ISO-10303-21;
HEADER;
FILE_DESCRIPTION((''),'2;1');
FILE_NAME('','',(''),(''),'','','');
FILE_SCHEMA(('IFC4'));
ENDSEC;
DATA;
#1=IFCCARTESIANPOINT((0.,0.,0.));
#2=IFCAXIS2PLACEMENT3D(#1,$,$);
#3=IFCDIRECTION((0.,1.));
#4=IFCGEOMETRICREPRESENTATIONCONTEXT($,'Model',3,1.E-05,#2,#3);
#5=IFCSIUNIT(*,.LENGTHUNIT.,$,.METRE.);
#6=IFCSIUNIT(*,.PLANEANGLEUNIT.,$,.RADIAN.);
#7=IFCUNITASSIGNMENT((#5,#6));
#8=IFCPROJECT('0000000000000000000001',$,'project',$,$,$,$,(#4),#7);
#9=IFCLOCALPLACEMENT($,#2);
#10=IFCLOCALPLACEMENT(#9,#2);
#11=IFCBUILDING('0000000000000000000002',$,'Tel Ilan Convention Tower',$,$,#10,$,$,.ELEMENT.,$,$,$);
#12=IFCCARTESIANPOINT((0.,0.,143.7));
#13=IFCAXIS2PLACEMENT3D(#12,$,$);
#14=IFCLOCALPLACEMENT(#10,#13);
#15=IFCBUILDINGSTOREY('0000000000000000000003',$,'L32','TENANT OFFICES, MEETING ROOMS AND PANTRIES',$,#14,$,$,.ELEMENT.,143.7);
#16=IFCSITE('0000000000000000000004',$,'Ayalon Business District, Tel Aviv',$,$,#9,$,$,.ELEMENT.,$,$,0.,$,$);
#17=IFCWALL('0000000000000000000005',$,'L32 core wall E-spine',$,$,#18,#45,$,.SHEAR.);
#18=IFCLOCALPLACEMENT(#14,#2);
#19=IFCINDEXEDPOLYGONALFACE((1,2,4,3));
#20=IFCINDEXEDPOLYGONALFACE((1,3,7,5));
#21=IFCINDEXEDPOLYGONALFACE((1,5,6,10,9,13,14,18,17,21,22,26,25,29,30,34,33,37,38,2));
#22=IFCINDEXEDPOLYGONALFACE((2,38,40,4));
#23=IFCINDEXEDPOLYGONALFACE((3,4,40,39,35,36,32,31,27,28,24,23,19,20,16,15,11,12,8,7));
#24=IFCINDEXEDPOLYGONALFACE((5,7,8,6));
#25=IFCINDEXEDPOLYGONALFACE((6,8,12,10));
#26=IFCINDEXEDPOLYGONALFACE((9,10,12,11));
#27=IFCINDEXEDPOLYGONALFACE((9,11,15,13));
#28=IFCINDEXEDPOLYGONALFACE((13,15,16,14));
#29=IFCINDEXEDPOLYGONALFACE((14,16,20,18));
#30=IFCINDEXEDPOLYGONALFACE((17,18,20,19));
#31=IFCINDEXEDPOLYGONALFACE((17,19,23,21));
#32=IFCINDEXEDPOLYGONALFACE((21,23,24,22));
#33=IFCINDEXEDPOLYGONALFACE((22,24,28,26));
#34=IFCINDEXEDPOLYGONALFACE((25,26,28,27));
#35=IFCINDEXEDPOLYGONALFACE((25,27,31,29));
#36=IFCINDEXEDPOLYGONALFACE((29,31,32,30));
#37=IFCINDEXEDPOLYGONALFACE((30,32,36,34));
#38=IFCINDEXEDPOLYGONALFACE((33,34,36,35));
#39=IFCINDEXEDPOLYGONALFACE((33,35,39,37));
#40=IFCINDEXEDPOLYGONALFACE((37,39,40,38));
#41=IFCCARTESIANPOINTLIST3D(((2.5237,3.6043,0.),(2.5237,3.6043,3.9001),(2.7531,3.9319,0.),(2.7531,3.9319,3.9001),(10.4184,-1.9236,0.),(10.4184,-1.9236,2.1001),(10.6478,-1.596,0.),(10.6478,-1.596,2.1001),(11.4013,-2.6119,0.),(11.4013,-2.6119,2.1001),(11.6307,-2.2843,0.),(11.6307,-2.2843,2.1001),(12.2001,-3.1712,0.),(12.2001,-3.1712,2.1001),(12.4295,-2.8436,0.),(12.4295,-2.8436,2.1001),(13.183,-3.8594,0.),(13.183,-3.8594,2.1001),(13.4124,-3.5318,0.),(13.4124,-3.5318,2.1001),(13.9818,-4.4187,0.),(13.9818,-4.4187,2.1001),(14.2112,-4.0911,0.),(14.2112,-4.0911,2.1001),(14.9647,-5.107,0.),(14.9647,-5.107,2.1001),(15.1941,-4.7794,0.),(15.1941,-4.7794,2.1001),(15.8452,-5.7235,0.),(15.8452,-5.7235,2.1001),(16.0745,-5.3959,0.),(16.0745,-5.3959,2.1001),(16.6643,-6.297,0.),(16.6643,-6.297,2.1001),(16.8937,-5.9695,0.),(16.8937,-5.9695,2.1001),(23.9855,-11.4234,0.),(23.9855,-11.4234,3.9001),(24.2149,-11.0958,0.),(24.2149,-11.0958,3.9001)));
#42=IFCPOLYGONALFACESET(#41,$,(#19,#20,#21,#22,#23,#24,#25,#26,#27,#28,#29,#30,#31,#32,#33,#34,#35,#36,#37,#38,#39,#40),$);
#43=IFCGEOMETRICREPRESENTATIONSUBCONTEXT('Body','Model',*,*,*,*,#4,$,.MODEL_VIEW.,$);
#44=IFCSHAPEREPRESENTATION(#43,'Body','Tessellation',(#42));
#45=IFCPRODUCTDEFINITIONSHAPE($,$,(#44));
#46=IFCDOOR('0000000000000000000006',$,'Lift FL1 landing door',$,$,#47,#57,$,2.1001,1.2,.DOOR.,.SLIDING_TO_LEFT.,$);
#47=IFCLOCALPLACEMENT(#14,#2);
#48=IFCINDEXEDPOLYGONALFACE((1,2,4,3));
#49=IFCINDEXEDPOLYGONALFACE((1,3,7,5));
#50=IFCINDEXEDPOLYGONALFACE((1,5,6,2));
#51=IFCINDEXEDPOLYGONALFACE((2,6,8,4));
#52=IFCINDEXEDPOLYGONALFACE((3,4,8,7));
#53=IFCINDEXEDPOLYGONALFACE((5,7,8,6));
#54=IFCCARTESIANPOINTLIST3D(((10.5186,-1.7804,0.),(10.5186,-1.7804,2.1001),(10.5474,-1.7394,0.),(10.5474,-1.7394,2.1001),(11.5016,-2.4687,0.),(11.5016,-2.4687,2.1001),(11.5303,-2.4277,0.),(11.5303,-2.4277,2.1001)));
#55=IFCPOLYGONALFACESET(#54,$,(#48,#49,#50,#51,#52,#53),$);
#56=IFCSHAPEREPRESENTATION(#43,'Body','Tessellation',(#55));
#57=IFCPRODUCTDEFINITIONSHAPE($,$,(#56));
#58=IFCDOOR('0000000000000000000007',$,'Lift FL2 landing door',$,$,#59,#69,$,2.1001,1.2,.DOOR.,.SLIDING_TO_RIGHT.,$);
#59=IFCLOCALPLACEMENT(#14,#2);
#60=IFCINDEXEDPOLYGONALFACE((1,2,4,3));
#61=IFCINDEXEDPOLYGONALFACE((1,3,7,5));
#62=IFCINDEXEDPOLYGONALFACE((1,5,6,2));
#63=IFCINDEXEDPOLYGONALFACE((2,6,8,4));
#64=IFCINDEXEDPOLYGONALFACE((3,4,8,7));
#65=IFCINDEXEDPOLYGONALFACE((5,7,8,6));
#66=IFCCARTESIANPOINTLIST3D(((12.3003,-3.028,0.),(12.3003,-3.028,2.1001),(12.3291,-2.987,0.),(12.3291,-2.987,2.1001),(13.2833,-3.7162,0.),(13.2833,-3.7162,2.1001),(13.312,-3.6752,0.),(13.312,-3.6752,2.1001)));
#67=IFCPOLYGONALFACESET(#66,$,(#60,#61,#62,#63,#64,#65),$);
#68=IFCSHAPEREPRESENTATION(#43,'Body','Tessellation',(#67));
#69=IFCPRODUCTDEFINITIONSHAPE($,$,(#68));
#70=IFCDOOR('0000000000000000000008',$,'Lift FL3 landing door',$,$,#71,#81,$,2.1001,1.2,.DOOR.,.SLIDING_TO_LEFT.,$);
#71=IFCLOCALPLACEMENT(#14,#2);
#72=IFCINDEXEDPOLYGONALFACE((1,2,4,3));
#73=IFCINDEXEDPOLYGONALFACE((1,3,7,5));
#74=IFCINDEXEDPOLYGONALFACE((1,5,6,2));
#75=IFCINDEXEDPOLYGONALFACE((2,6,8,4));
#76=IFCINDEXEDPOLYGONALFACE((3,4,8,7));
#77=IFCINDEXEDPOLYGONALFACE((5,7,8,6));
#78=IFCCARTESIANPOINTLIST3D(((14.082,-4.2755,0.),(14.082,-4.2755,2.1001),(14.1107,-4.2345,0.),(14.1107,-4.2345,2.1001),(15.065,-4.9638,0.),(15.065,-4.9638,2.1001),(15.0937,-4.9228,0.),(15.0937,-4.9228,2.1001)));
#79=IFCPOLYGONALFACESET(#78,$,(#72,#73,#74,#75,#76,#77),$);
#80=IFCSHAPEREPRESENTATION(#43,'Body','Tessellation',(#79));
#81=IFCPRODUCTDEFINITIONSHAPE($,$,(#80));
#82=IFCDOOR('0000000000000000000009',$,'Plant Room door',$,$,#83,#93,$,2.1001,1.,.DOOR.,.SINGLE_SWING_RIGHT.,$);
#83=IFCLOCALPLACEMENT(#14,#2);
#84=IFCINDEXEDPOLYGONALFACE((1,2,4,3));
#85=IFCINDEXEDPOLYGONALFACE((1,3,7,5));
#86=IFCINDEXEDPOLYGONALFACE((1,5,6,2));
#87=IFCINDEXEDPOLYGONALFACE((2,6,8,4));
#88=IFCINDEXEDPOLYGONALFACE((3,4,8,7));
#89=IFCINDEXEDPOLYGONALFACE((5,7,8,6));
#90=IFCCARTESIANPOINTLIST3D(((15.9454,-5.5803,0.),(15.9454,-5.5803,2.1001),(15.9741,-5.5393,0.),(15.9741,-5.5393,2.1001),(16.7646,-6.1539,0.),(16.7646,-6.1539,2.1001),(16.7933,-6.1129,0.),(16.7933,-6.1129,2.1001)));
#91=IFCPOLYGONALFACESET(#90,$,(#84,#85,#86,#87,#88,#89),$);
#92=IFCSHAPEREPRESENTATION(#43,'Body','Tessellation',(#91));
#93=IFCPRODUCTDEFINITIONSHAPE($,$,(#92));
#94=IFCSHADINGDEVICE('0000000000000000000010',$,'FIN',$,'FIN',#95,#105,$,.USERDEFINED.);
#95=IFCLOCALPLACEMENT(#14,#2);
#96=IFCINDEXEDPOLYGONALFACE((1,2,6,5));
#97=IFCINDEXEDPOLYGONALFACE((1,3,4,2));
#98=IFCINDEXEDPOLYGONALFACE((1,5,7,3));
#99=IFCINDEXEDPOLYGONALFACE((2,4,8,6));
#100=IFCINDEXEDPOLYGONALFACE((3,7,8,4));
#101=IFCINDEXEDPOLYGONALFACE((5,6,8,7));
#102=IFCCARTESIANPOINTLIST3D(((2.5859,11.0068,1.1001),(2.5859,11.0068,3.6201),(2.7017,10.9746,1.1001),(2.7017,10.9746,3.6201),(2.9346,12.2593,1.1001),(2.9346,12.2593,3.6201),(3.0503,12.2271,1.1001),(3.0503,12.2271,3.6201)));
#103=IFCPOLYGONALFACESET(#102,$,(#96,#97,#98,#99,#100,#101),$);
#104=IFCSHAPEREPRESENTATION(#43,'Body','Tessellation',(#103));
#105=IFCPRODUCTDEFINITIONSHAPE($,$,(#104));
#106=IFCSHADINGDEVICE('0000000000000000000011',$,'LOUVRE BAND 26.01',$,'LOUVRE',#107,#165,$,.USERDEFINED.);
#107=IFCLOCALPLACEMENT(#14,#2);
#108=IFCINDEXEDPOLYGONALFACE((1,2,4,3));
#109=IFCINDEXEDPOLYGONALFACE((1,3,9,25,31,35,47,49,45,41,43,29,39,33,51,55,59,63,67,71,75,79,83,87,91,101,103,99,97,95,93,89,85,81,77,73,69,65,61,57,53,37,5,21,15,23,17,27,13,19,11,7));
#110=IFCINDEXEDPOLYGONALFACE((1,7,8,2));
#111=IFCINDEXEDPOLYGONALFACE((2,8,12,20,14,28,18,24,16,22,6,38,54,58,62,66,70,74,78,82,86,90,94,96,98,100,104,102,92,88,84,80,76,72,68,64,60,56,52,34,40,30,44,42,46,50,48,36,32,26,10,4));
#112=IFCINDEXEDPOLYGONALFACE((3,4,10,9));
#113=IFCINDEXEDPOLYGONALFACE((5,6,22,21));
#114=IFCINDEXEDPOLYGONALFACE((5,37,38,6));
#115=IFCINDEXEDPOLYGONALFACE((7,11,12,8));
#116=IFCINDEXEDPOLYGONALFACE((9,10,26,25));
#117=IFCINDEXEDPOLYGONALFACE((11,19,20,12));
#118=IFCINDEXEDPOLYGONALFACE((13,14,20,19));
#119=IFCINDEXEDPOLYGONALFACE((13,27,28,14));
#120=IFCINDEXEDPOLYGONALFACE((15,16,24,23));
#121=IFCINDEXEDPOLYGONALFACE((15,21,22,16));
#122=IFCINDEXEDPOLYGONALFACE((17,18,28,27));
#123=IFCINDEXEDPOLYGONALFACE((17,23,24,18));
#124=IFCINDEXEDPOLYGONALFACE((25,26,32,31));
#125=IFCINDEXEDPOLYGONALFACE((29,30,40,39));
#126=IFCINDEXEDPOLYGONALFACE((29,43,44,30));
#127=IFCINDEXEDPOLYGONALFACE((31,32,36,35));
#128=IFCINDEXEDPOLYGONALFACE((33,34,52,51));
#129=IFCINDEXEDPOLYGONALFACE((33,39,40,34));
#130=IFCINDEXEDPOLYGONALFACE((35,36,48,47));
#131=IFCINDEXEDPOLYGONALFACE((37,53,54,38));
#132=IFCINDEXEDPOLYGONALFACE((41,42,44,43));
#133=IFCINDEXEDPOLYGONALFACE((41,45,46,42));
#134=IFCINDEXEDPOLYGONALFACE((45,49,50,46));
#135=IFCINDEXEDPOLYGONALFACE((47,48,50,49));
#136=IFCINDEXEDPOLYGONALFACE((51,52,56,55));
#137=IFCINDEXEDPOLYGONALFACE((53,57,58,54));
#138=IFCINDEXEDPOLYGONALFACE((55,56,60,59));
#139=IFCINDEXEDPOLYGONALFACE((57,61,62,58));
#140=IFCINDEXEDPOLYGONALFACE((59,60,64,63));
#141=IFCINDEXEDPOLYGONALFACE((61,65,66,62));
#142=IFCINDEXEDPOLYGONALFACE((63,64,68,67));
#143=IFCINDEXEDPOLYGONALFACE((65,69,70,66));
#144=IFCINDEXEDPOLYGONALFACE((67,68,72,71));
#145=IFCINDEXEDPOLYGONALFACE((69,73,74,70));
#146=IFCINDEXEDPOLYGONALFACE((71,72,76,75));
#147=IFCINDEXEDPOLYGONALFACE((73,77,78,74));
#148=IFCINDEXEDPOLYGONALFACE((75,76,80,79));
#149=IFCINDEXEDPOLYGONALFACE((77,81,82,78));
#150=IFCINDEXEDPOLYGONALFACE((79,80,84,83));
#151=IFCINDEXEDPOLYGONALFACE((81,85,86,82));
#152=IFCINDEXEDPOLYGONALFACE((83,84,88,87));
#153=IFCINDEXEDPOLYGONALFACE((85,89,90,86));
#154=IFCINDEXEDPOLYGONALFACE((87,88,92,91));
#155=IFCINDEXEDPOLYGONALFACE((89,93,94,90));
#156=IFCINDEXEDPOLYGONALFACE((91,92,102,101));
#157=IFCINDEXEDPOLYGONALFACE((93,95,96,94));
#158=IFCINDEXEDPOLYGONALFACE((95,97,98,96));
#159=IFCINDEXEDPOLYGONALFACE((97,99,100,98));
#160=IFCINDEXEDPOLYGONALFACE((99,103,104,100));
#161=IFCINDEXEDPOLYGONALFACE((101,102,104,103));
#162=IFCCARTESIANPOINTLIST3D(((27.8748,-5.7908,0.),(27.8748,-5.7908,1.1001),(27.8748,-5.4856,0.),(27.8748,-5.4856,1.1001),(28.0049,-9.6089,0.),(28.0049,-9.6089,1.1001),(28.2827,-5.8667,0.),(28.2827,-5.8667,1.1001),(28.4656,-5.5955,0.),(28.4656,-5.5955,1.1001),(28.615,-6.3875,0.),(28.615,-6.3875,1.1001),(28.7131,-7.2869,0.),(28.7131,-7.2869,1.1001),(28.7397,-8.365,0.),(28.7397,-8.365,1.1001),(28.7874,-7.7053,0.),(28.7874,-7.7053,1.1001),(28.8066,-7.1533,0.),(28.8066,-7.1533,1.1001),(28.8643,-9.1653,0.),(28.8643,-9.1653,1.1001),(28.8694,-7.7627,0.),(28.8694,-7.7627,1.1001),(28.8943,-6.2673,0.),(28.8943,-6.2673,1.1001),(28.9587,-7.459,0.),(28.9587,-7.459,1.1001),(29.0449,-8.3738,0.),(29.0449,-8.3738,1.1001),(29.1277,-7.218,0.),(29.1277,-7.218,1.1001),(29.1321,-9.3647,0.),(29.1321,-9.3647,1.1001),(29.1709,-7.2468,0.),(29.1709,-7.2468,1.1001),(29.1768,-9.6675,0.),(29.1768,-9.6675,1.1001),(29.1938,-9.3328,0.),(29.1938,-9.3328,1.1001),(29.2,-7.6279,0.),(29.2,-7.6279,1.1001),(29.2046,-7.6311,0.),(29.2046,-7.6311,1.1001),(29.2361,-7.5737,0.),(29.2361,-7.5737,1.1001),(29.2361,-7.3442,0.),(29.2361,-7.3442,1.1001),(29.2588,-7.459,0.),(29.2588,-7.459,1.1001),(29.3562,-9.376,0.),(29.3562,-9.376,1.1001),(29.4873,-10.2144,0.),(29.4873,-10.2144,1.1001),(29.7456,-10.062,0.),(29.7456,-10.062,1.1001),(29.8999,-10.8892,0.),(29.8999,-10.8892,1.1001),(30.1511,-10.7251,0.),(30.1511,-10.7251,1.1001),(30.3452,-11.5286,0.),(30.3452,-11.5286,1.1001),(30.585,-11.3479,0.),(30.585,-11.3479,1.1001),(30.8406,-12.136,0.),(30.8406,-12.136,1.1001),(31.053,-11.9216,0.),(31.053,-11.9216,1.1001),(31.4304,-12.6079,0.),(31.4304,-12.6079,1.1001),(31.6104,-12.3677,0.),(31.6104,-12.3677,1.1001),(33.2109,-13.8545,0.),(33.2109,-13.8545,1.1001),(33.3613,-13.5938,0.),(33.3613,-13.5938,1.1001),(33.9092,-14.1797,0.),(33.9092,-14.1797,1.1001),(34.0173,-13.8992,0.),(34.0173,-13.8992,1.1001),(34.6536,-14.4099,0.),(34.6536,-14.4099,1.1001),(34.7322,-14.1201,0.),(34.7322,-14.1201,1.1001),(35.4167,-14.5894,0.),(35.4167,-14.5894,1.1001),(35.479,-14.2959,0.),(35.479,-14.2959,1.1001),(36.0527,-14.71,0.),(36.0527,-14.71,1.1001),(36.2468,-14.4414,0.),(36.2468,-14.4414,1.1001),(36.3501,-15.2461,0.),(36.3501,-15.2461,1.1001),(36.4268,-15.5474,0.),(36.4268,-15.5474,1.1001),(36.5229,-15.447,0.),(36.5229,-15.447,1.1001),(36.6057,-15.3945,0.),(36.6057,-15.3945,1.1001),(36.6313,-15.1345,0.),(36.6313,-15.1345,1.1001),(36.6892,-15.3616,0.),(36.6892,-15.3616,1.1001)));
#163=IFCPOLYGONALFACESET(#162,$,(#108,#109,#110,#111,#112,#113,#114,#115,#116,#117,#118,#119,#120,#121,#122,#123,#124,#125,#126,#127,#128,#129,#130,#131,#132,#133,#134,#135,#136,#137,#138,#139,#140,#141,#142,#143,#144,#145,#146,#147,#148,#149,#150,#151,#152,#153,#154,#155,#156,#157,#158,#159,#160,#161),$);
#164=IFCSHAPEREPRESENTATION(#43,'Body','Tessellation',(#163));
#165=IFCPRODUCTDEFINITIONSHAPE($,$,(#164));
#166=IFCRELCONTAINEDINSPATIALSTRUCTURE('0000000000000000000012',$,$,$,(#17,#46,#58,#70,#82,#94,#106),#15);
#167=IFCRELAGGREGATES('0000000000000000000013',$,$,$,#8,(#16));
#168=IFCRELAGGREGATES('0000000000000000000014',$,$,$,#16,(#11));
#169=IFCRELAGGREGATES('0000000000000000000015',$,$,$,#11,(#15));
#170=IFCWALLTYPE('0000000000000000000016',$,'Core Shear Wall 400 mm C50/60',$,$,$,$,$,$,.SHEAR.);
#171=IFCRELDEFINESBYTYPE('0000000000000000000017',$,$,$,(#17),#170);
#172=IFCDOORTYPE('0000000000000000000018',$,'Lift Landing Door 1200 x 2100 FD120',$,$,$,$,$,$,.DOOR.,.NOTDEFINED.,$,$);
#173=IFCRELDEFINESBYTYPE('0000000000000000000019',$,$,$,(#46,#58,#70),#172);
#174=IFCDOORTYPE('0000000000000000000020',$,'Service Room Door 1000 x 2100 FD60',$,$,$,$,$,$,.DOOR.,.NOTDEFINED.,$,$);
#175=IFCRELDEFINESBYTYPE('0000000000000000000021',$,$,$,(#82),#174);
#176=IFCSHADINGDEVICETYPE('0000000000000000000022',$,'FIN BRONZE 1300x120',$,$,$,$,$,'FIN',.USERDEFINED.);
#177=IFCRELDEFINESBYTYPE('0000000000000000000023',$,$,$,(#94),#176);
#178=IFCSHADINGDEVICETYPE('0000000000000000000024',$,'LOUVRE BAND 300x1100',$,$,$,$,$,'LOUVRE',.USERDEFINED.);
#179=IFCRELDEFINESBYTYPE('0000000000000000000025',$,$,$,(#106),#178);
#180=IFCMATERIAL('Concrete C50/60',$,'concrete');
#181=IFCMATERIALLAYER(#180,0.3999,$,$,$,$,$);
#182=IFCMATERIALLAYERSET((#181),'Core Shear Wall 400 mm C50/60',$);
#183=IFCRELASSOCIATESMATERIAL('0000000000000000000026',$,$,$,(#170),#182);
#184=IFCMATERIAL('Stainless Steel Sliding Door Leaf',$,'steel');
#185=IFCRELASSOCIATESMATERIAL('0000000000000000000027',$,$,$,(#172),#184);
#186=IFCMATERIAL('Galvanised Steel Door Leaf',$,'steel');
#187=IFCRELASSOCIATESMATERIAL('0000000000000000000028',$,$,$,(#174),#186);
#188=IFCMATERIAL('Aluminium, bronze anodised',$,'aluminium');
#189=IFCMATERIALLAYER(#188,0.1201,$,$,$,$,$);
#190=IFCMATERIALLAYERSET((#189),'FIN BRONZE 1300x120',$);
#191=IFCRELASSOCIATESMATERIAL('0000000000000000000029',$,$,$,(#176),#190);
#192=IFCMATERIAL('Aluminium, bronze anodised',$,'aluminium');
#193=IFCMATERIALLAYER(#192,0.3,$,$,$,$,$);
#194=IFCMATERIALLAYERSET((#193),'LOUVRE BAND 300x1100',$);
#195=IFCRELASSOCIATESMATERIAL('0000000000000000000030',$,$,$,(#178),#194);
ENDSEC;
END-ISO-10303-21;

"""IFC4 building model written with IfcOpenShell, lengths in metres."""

from ifc_helpers import new_model, si_unit, direction, frame, frame_2d, origin, origin_2d, place, context, subcontext, project, spatial, polyline, rectangle, outline, extrude, material, layer, layer_set, type_object, element, fill, save


model = new_model("IFC4")

# Units and contexts
model_context = context("Model", 3, precision=1e-05, world=origin(), true_north=direction((0.0, 1.0)))
body_context = subcontext(model_context, "Body", "Model", "MODEL_VIEW")
ifc_project = project(units=[si_unit("LENGTHUNIT", "METRE"), si_unit("PLANEANGLEUNIT", "RADIAN")], contexts=[model_context])

# Site, building, storey
site_placement = place(None, origin())
site = spatial("IfcSite", under=ifc_project, at=site_placement, Name="Ayalon Business District, Tel Aviv", CompositionType="ELEMENT", RefElevation=0.0)
building_placement = place(site_placement, origin())
building = spatial("IfcBuilding", under=site, at=building_placement, Name="Tel Ilan Convention Tower", CompositionType="ELEMENT")
storey_placement = place(building_placement, frame((0.0, 0.0, 143.7)))
storey = spatial("IfcBuildingStorey", under=building, at=storey_placement, Name="L32", Description="TENANT OFFICES, MEETING ROOMS AND PANTRIES", CompositionType="ELEMENT", Elevation=143.7)

# Wall, openings, doors
ifc_material_1 = material(Name="Concrete C50/60", Category="concrete")
ifc_layer_1 = layer(ifc_material_1, 0.3999)
ifc_layer_set_1 = layer_set([ifc_layer_1], Name="Core Shear Wall 400 mm C50/60")
wall_type_1 = type_object("IfcWallType", Name="Core Shear Wall 400 mm C50/60", PredefinedType="SHEAR", material=ifc_layer_set_1)
wall_1_placement = place(storey_placement, frame((2.6384, 3.7681, 0.0), z_axis=(0.0, 0.0, 1.0), x_axis=(0.819153, -0.573576, 0.0)))
wall_1 = element("IfcWall", 1, at=wall_1_placement, inside=storey, type_object=wall_type_1, Name="L32 core wall E-spine", PredefinedType="SHEAR", context=body_context, shape_type="SweptSolid", body=[
    extrude(outline(polyline([(0.0, 0.2), (0.0, -0.2), (26.2, -0.2), (26.2, 0.2), (0.0, 0.2)])), origin(), (0.0, 0.0, 1.0), 3.9001),
])
opening_1_placement = place(wall_1_placement, frame((9.6375, 0.0, 0.0)))
opening_1 = element("IfcOpeningElement", 2, at=opening_1_placement, cuts=wall_1, PredefinedType="OPENING", context=body_context, shape_type="SweptSolid", body=[
    extrude(rectangle(XDim=1.2, YDim=2.1001, at=frame_2d((0.6001, 1.05))), frame((0.0, 0.21, 0.0), z_axis=(0.0, -1.0, 0.0), x_axis=(1.0, 0.0, 0.0)), (0.0, 0.0, 1.0), 0.4199),
])
opening_2_placement = place(wall_1_placement, frame((11.8125, 0.0, 0.0)))
opening_2 = element("IfcOpeningElement", 3, at=opening_2_placement, cuts=wall_1, PredefinedType="OPENING", context=body_context, shape_type="SweptSolid", body=[
    extrude(rectangle(XDim=1.2, YDim=2.1001, at=frame_2d((0.6001, 1.05))), frame((0.0, 0.21, 0.0), z_axis=(0.0, -1.0, 0.0), x_axis=(1.0, 0.0, 0.0)), (0.0, 0.0, 1.0), 0.4199),
])
opening_3_placement = place(wall_1_placement, frame((13.9875, 0.0, 0.0)))
opening_3 = element("IfcOpeningElement", 4, at=opening_3_placement, cuts=wall_1, PredefinedType="OPENING", context=body_context, shape_type="SweptSolid", body=[
    extrude(rectangle(XDim=1.2, YDim=2.1001, at=frame_2d((0.6001, 1.05))), frame((0.0, 0.21, 0.0), z_axis=(0.0, -1.0, 0.0), x_axis=(1.0, 0.0, 0.0)), (0.0, 0.0, 1.0), 0.4199),
])
opening_4_placement = place(wall_1_placement, frame((16.2625, 0.0, 0.0)))
opening_4 = element("IfcOpeningElement", 5, at=opening_4_placement, cuts=wall_1, PredefinedType="OPENING", context=body_context, shape_type="SweptSolid", body=[
    extrude(rectangle(XDim=1.0, YDim=2.1001, at=frame_2d((0.5, 1.05))), frame((0.0, 0.21, 0.0), z_axis=(0.0, -1.0, 0.0), x_axis=(1.0, 0.0, 0.0)), (0.0, 0.0, 1.0), 0.4199),
])
ifc_material_2 = material(Name="Stainless Steel Sliding Door Leaf", Category="steel")
door_type_1 = type_object("IfcDoorType", Name="Lift Landing Door 1200 x 2100 FD120", OperationType="NOTDEFINED", PredefinedType="DOOR", material=ifc_material_2)
door_1_placement = place(opening_1_placement, origin())
door_1 = element("IfcDoor", 6, at=door_1_placement, inside=storey, type_object=door_type_1, Name="Lift FL1 landing door", OperationType="SLIDING_TO_LEFT", OverallHeight=2.1001, OverallWidth=1.2, PredefinedType="DOOR", context=body_context, shape_type="SweptSolid", body=[
    extrude(rectangle(XDim=1.2, YDim=2.1001, at=frame_2d((0.6001, 1.05))), frame((0.0, 0.0249, 0.0), z_axis=(0.0, -1.0, 0.0), x_axis=(1.0, 0.0, 0.0)), (0.0, 0.0, 1.0), 0.05),
])
fill(opening_1, door_1)
door_2_placement = place(opening_2_placement, origin())
door_2 = element("IfcDoor", 7, at=door_2_placement, inside=storey, type_object=door_type_1, Name="Lift FL2 landing door", OperationType="SLIDING_TO_RIGHT", OverallHeight=2.1001, OverallWidth=1.2, PredefinedType="DOOR", context=body_context, shape_type="SweptSolid", body=[
    extrude(rectangle(XDim=1.2, YDim=2.1001, at=frame_2d((0.6001, 1.05))), frame((0.0, 0.0249, 0.0), z_axis=(0.0, -1.0, 0.0), x_axis=(1.0, 0.0, 0.0)), (0.0, 0.0, 1.0), 0.05),
])
fill(opening_2, door_2)
door_3_placement = place(opening_3_placement, origin())
door_3 = element("IfcDoor", 8, at=door_3_placement, inside=storey, type_object=door_type_1, Name="Lift FL3 landing door", OperationType="SLIDING_TO_LEFT", OverallHeight=2.1001, OverallWidth=1.2, PredefinedType="DOOR", context=body_context, shape_type="SweptSolid", body=[
    extrude(rectangle(XDim=1.2, YDim=2.1001, at=frame_2d((0.6001, 1.05))), frame((0.0, 0.0249, 0.0), z_axis=(0.0, -1.0, 0.0), x_axis=(1.0, 0.0, 0.0)), (0.0, 0.0, 1.0), 0.05),
])
fill(opening_3, door_3)
ifc_material_3 = material(Name="Galvanised Steel Door Leaf", Category="steel")
door_type_2 = type_object("IfcDoorType", Name="Service Room Door 1000 x 2100 FD60", OperationType="NOTDEFINED", PredefinedType="DOOR", material=ifc_material_3)
door_4_placement = place(opening_4_placement, origin())
door_4 = element("IfcDoor", 9, at=door_4_placement, inside=storey, type_object=door_type_2, Name="Plant Room door", OperationType="SINGLE_SWING_RIGHT", OverallHeight=2.1001, OverallWidth=1.0, PredefinedType="DOOR", context=body_context, shape_type="SweptSolid", body=[
    extrude(rectangle(XDim=1.0, YDim=2.1001, at=frame_2d((0.5, 1.05))), frame((0.0, 0.0249, 0.0), z_axis=(0.0, -1.0, 0.0), x_axis=(1.0, 0.0, 0.0)), (0.0, 0.0, 1.0), 0.05),
])
fill(opening_4, door_4)

# Shading devices
ifc_material_4 = material(Name="Aluminium, bronze anodised", Category="aluminium")
ifc_layer_2 = layer(ifc_material_4, 0.1201)
ifc_layer_set_2 = layer_set([ifc_layer_2], Name="FIN BRONZE 1300x120")
shading_device_type_1 = type_object("IfcShadingDeviceType", Name="FIN BRONZE 1300x120", ElementType="FIN", PredefinedType="USERDEFINED", material=ifc_layer_set_2)
shading_device_1_placement = place(storey_placement, frame((2.8181, 11.6169, 1.1001), z_axis=(0.0, 0.0, 1.0), x_axis=(0.268173, 0.963371, 0.0)))
element("IfcShadingDevice", 10, at=shading_device_1_placement, inside=storey, type_object=shading_device_type_1, Name="FIN", ObjectType="FIN", PredefinedType="USERDEFINED", context=body_context, shape_type="SweptSolid", body=[
    extrude(rectangle(XDim=1.3, YDim=0.1201, at=origin_2d()), origin(), (0.0, 0.0, 1.0), 2.52),
])
ifc_material_5 = material(Name="Aluminium, bronze anodised", Category="aluminium")
ifc_layer_3 = layer(ifc_material_5, 0.3)
ifc_layer_set_3 = layer_set([ifc_layer_3], Name="LOUVRE BAND 300x1100")
shading_device_type_2 = type_object("IfcShadingDeviceType", Name="LOUVRE BAND 300x1100", ElementType="LOUVRE", PredefinedType="USERDEFINED", material=ifc_layer_set_3)
shading_device_2_placement = place(storey_placement, origin())
element("IfcShadingDevice", 11, at=shading_device_2_placement, inside=storey, type_object=shading_device_type_2, Name="LOUVRE BAND 26.01", ObjectType="LOUVRE", PredefinedType="USERDEFINED", context=body_context, shape_type="SweptSolid", body=[
    extrude(outline(polyline([(28.4656, -5.5955), (27.8748, -5.4856), (27.8748, -5.7908), (28.2827, -5.8667), (28.615, -6.3875), (28.8066, -7.1533), (28.7131, -7.2869), (28.9587, -7.459), (28.7874, -7.7053), (28.8694, -7.7627), (28.7397, -8.365), (28.8643, -9.1653), (28.0049, -9.6089), (29.1768, -9.6675), (29.4873, -10.2144), (29.8999, -10.8892), (30.3452, -11.5286), (30.8406, -12.136), (31.4304, -12.6079), (33.2109, -13.8545), (33.9092, -14.1797), (34.6536, -14.4099), (35.4167, -14.5894), (36.0527, -14.71), (36.3501, -15.2461), (36.4268, -15.5474), (36.5229, -15.447), (36.6057, -15.3945), (36.6892, -15.3616), (36.6313, -15.1345), (36.2468, -14.4414), (35.479, -14.2959), (34.7322, -14.1201), (34.0173, -13.8992), (33.3613, -13.5938), (31.6104, -12.3677), (31.053, -11.9216), (30.585, -11.3479), (30.1511, -10.7251), (29.7456, -10.062), (29.3562, -9.376), (29.1321, -9.3647), (29.1938, -9.3328), (29.0449, -8.3738), (29.2046, -7.6311), (29.2, -7.6279), (29.2361, -7.5737), (29.2588, -7.459), (29.2361, -7.3442), (29.1709, -7.2468), (29.1277, -7.218), (28.8943, -6.2673), (28.4656, -5.5955)])), origin(), (0.0, 0.0, 1.0), 1.1001),
])

save(model, "model.ifc")
